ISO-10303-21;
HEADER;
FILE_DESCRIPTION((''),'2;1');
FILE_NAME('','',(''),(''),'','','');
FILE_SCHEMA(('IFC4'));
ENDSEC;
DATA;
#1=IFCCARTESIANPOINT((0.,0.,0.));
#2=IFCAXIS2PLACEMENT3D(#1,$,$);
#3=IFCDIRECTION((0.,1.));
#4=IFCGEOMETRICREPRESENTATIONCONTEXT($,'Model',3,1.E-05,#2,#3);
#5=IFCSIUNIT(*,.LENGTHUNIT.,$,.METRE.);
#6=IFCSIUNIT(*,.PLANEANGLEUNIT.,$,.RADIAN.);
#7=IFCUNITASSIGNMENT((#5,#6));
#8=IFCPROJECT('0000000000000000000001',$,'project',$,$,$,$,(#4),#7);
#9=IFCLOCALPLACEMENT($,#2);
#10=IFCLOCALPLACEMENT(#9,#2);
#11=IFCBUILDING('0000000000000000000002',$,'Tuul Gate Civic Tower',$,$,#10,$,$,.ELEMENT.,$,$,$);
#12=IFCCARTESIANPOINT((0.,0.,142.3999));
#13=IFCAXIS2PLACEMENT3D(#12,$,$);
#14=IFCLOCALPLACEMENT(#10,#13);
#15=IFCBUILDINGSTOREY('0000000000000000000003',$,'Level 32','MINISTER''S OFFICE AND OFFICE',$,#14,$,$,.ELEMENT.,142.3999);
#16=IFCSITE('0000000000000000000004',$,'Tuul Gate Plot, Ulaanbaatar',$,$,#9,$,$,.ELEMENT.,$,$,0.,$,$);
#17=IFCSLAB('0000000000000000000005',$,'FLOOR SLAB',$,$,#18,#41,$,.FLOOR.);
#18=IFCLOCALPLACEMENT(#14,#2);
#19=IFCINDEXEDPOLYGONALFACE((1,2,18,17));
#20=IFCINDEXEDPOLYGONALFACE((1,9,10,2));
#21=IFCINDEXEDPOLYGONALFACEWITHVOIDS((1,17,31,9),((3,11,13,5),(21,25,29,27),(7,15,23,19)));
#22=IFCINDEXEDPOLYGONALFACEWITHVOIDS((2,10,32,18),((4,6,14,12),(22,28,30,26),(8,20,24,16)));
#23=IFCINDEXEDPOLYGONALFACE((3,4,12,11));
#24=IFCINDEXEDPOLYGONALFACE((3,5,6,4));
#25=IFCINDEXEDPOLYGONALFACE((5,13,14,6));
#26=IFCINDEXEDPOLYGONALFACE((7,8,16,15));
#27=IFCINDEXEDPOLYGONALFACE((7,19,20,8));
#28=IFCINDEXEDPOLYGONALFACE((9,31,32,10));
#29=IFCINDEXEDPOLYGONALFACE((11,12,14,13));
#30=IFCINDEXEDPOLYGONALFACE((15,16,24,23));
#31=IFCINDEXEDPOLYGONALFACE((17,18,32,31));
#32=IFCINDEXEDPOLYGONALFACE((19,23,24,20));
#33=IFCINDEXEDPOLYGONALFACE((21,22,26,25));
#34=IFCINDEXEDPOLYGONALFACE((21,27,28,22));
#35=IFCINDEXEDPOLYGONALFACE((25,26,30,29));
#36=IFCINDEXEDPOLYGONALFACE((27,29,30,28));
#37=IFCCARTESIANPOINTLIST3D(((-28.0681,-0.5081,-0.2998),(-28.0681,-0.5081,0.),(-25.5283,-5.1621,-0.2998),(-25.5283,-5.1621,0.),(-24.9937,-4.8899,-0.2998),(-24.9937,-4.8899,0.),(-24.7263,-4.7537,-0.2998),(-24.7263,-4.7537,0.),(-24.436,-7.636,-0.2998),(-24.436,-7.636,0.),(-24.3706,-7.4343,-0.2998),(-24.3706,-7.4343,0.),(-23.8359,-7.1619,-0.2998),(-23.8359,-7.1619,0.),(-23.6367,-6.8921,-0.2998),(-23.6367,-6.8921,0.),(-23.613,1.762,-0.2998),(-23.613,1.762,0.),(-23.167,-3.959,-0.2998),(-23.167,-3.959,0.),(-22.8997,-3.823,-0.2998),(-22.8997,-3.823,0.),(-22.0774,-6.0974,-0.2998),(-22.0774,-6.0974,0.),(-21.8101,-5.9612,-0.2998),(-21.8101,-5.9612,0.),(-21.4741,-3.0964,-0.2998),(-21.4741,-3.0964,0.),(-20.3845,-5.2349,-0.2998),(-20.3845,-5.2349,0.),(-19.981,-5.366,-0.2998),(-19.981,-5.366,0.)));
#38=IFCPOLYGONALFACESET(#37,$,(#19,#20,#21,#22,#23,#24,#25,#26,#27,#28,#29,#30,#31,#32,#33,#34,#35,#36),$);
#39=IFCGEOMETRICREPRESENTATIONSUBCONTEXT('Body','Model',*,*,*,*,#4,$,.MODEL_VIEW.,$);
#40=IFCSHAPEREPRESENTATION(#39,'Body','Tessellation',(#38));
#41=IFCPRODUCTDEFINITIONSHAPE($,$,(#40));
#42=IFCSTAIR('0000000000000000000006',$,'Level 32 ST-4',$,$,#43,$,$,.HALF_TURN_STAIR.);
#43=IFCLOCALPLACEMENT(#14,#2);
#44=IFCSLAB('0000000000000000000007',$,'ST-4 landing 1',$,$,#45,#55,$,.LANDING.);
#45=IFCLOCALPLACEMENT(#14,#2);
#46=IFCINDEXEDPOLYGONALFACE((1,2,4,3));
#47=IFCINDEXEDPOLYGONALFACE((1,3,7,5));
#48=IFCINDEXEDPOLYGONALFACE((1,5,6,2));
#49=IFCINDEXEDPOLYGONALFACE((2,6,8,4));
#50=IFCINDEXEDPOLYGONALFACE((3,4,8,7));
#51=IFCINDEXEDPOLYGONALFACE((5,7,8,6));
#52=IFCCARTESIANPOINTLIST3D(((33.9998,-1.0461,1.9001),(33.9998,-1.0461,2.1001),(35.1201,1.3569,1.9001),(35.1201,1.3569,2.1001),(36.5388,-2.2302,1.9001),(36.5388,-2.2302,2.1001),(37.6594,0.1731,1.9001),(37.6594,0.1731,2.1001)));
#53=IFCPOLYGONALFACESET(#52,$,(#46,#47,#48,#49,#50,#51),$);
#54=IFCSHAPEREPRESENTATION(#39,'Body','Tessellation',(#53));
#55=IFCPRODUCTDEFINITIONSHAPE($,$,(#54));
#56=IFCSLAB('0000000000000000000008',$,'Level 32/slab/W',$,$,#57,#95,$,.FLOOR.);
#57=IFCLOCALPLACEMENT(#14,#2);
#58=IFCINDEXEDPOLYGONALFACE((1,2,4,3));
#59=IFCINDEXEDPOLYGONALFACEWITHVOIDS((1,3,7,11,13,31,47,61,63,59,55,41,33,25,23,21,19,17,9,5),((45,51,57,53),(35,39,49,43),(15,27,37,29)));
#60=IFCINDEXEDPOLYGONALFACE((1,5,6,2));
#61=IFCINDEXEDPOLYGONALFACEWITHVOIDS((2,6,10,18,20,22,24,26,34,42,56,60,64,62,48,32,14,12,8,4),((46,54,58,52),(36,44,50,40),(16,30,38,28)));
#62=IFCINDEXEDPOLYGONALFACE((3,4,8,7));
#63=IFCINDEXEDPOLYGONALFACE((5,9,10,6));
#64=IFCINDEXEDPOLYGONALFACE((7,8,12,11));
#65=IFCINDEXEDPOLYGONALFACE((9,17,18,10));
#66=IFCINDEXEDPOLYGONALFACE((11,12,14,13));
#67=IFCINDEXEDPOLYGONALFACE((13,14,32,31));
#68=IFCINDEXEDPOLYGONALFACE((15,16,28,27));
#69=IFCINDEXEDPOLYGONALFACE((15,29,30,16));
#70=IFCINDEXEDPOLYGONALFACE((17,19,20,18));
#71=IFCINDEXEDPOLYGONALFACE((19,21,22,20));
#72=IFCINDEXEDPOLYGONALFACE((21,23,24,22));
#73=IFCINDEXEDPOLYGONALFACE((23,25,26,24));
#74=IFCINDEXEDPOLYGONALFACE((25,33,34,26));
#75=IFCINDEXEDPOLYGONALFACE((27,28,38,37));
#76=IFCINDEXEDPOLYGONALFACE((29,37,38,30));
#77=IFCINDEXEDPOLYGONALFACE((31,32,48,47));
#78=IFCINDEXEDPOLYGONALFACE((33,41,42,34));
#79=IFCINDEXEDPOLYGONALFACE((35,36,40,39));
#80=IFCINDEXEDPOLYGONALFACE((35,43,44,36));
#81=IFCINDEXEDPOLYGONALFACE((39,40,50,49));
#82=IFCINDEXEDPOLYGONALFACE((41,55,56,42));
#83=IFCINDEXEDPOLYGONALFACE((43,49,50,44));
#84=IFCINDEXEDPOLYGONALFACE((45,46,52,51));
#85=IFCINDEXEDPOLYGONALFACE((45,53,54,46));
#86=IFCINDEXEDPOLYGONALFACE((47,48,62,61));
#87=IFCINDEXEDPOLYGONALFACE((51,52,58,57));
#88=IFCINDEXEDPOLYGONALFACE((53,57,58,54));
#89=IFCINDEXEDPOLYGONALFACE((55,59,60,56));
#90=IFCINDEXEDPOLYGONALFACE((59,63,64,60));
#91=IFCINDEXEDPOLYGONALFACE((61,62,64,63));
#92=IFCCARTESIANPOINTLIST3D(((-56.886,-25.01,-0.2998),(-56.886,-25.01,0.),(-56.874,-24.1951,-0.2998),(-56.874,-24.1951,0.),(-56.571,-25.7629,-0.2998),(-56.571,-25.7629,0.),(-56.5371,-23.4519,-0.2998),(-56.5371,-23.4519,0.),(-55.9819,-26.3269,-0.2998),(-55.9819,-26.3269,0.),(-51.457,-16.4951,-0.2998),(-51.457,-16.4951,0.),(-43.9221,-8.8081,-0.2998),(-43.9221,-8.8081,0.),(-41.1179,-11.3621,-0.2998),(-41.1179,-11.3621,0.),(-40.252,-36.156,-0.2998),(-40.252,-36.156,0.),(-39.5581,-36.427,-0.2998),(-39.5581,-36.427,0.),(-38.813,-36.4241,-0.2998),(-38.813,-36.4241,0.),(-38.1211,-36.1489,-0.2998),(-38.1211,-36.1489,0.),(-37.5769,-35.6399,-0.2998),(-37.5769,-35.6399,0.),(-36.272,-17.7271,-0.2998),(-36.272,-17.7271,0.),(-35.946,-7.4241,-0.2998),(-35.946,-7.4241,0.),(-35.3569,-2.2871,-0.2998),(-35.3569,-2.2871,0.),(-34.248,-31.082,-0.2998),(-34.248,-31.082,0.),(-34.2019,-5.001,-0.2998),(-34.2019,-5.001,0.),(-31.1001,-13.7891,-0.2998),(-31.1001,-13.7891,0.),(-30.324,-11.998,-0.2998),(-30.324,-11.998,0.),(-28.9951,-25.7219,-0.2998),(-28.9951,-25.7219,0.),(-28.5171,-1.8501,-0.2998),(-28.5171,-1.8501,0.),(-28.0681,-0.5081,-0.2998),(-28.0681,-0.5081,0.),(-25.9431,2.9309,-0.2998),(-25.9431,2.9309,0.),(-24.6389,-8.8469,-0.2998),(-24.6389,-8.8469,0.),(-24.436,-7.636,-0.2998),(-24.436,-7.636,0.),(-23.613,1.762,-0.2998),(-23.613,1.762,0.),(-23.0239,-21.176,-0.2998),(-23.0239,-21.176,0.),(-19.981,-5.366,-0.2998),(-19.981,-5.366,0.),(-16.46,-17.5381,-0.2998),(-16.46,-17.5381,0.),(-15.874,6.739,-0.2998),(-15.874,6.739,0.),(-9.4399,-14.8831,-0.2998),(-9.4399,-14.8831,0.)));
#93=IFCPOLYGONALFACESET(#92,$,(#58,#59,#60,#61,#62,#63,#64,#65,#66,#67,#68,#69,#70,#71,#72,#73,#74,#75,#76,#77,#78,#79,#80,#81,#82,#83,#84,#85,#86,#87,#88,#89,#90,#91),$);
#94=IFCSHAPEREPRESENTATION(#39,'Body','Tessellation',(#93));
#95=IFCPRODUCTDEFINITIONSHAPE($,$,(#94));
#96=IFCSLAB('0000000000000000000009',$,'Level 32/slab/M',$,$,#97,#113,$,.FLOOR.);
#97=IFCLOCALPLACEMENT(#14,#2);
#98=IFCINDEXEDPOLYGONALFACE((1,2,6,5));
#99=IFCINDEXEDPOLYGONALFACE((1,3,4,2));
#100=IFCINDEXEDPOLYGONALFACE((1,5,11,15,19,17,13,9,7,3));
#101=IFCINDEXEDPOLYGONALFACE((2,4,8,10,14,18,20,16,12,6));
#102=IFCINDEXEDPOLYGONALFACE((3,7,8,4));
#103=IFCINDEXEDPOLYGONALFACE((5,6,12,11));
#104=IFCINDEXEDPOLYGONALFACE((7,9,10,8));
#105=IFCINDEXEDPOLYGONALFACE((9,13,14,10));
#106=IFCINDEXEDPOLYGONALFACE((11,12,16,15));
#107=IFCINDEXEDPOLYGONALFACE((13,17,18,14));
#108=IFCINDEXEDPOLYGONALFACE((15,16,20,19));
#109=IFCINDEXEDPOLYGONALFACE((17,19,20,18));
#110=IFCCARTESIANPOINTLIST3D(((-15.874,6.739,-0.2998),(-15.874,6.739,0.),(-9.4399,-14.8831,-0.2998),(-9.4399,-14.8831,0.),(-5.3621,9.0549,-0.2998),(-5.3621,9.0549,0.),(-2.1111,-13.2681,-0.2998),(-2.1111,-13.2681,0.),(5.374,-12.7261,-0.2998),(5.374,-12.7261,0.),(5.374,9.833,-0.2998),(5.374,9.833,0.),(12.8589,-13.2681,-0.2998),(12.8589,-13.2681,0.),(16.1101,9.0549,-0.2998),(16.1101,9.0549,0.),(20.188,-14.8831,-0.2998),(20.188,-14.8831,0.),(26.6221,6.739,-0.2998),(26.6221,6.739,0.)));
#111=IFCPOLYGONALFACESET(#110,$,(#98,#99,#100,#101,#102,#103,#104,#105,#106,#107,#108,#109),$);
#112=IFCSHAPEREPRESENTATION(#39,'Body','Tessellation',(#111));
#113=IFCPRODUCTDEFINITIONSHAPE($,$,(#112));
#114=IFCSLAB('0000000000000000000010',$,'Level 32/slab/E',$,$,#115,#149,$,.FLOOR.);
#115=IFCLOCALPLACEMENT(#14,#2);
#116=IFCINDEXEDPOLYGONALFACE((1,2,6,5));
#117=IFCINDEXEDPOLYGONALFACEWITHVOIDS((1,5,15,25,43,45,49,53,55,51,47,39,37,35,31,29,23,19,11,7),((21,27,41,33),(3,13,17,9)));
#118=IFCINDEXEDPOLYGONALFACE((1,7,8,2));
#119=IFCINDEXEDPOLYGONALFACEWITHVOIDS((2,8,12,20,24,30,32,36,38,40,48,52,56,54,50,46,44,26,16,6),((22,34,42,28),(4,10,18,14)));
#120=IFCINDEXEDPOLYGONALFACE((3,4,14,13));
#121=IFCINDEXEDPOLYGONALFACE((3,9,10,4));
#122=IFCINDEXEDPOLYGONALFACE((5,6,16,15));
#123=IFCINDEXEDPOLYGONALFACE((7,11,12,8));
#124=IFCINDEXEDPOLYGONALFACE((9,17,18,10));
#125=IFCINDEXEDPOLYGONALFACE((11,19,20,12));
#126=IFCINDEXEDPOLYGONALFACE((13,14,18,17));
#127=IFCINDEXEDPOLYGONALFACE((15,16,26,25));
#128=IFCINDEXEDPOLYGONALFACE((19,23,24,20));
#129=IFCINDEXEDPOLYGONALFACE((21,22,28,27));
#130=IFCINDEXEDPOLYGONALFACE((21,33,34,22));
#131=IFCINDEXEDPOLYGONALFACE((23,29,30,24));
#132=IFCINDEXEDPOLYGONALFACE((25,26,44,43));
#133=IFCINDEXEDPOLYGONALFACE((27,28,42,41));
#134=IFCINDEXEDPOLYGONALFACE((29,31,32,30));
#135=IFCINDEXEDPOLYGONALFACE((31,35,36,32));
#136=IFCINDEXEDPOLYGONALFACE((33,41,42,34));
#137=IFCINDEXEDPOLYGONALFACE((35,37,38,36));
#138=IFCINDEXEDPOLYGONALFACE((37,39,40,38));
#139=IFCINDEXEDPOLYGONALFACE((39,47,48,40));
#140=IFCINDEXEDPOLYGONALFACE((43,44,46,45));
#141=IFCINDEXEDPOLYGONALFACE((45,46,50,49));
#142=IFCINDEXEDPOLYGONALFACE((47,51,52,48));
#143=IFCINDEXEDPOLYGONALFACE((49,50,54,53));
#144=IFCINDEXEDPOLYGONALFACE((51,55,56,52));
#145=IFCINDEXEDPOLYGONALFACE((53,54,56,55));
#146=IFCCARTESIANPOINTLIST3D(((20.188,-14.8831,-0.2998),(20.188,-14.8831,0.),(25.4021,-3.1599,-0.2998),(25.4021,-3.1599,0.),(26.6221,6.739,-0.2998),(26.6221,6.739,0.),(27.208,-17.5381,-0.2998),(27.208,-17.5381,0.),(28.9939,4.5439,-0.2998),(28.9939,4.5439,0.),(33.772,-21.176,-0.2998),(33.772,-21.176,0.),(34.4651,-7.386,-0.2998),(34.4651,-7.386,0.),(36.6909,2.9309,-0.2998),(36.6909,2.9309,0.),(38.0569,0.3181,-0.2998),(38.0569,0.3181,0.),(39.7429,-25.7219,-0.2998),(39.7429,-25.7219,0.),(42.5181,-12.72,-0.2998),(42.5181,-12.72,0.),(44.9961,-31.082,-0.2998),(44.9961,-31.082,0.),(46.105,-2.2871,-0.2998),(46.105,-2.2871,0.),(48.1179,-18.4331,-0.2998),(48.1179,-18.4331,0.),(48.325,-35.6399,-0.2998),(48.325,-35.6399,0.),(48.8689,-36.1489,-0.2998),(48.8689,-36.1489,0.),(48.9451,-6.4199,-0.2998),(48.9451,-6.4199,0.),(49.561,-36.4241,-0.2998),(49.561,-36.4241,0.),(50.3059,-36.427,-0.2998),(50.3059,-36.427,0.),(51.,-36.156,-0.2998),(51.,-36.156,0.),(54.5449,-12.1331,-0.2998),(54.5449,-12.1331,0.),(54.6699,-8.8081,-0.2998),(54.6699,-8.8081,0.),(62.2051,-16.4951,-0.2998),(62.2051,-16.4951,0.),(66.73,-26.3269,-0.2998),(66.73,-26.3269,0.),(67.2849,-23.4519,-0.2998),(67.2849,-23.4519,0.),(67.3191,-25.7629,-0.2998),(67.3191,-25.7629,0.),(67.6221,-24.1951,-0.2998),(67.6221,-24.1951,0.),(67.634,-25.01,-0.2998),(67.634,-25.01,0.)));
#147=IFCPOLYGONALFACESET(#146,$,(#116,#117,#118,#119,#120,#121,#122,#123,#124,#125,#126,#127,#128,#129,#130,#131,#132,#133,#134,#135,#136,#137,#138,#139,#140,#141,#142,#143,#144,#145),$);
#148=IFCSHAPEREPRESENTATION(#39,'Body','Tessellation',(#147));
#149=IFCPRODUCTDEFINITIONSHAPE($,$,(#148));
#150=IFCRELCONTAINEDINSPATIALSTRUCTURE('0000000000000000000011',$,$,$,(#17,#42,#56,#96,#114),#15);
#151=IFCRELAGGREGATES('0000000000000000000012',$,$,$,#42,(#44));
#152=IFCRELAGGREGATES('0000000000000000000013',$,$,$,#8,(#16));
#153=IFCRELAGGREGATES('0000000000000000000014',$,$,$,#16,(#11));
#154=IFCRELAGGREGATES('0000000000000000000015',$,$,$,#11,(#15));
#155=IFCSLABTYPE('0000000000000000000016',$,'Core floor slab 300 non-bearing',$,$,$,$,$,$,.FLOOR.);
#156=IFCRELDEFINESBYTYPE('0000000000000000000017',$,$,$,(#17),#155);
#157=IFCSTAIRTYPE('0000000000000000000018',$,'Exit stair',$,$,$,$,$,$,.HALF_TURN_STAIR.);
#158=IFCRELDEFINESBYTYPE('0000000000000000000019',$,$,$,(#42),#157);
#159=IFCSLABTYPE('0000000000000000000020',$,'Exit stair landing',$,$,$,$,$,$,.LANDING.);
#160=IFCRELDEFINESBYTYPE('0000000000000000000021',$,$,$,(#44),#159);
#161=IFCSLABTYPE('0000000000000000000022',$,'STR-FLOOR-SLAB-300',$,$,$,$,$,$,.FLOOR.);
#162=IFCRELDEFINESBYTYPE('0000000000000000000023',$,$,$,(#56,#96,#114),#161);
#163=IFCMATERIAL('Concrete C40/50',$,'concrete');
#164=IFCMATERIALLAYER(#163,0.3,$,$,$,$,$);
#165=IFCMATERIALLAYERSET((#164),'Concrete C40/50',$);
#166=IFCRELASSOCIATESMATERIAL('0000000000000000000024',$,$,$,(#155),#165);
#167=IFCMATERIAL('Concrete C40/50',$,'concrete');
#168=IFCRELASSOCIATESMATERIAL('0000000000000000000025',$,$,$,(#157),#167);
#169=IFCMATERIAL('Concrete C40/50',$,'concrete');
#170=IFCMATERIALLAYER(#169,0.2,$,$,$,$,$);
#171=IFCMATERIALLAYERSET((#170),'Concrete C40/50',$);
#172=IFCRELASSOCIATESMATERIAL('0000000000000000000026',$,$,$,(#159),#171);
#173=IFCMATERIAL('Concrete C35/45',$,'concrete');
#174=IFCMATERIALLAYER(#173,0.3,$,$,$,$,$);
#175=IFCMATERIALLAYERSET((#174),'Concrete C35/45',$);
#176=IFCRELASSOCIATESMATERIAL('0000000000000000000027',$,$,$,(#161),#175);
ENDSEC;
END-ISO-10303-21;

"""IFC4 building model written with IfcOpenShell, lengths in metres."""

from ifc_helpers import new_model, si_unit, direction, frame, origin, place, context, subcontext, project, spatial, polyline, outline, extrude, material, layer, layer_set, type_object, element, aggregate, save


model = new_model("IFC4")

# Units and contexts
model_context = context("Model", 3, precision=1e-05, world=origin(), true_north=direction((0.0, 1.0)))
body_context = subcontext(model_context, "Body", "Model", "MODEL_VIEW")
ifc_project = project(units=[si_unit("LENGTHUNIT", "METRE"), si_unit("PLANEANGLEUNIT", "RADIAN")], contexts=[model_context])

# Site, building, storey
site_placement = place(None, origin())
site = spatial("IfcSite", under=ifc_project, at=site_placement, Name="Tuul Gate Plot, Ulaanbaatar", CompositionType="ELEMENT", RefElevation=0.0)
building_placement = place(site_placement, origin())
building = spatial("IfcBuilding", under=site, at=building_placement, Name="Tuul Gate Civic Tower", CompositionType="ELEMENT")
storey_placement = place(building_placement, frame((0.0, 0.0, 142.3999)))
storey = spatial("IfcBuildingStorey", under=building, at=storey_placement, Name="Level 32", Description="MINISTER'S OFFICE AND OFFICE", CompositionType="ELEMENT", Elevation=142.3999)

# Slab
ifc_material_1 = material(Name="Concrete C40/50", Category="concrete")
ifc_layer_1 = layer(ifc_material_1, 0.3)
ifc_layer_set_1 = layer_set([ifc_layer_1], Name="Concrete C40/50")
slab_type_1 = type_object("IfcSlabType", Name="Core floor slab 300 non-bearing", PredefinedType="FLOOR", material=ifc_layer_set_1)
slab_1_placement = place(storey_placement, frame((0.0, 0.0, -0.2998)))
element("IfcSlab", 1, at=slab_1_placement, inside=storey, type_object=slab_type_1, Name="FLOOR SLAB", PredefinedType="FLOOR", context=body_context, shape_type="SweptSolid", body=[
    extrude(outline(polyline([(-19.981, -5.366), (-23.613, 1.762), (-28.0681, -0.5081), (-24.436, -7.636), (-19.981, -5.366)]), holes=[polyline([(-20.3845, -5.2349), (-21.4741, -3.0964), (-22.8997, -3.823), (-21.8101, -5.9612), (-20.3845, -5.2349)]), polyline([(-22.0774, -6.0974), (-23.167, -3.959), (-24.7263, -4.7537), (-23.6367, -6.8921), (-22.0774, -6.0974)]), polyline([(-23.8359, -7.1619), (-24.9937, -4.8899), (-25.5283, -5.1621), (-24.3706, -7.4343), (-23.8359, -7.1619)])]), origin(), (0.0, 0.0, 1.0), 0.2998),
])

# Stair, slab
ifc_material_2 = material(Name="Concrete C40/50", Category="concrete")
stair_type = type_object("IfcStairType", Name="Exit stair", PredefinedType="HALF_TURN_STAIR", material=ifc_material_2)
stair_placement = place(storey_placement, origin())
stair = element("IfcStair", 2, at=stair_placement, inside=storey, type_object=stair_type, Name="Level 32 ST-4", PredefinedType="HALF_TURN_STAIR")
ifc_material_3 = material(Name="Concrete C40/50", Category="concrete")
ifc_layer_2 = layer(ifc_material_3, 0.2)
ifc_layer_set_2 = layer_set([ifc_layer_2], Name="Concrete C40/50")
slab_type_2 = type_object("IfcSlabType", Name="Exit stair landing", PredefinedType="LANDING", material=ifc_layer_set_2)
slab_2_placement = place(storey_placement, frame((0.0, 0.0, 1.9001)))
slab_2 = element("IfcSlab", 3, at=slab_2_placement, type_object=slab_type_2, Name="ST-4 landing 1", PredefinedType="LANDING", context=body_context, shape_type="SweptSolid", body=[
    extrude(outline(polyline([(36.5388, -2.2302), (33.9998, -1.0461), (35.1201, 1.3569), (37.6594, 0.1731), (36.5388, -2.2302)])), origin(), (0.0, 0.0, 1.0), 0.2),
])
aggregate(stair, [slab_2])

# Slabs
ifc_material_4 = material(Name="Concrete C35/45", Category="concrete")
ifc_layer_3 = layer(ifc_material_4, 0.3)
ifc_layer_set_3 = layer_set([ifc_layer_3], Name="Concrete C35/45")
slab_type_3 = type_object("IfcSlabType", Name="STR-FLOOR-SLAB-300", PredefinedType="FLOOR", material=ifc_layer_set_3)
slab_3_placement = place(storey_placement, frame((0.0, 0.0, -0.2998)))
element("IfcSlab", 4, at=slab_3_placement, inside=storey, type_object=slab_type_3, Name="Level 32/slab/W", PredefinedType="FLOOR", context=body_context, shape_type="SweptSolid", body=[
    extrude(outline(polyline([(-16.46, -17.5381), (-9.4399, -14.8831), (-15.874, 6.739), (-25.9431, 2.9309), (-35.3569, -2.2871), (-43.9221, -8.8081), (-51.457, -16.4951), (-56.5371, -23.4519), (-56.874, -24.1951), (-56.886, -25.01), (-56.571, -25.7629), (-55.9819, -26.3269), (-40.252, -36.156), (-39.5581, -36.427), (-38.813, -36.4241), (-38.1211, -36.1489), (-37.5769, -35.6399), (-34.248, -31.082), (-28.9951, -25.7219), (-23.0239, -21.176), (-16.46, -17.5381)]), holes=[polyline([(-31.1001, -13.7891), (-36.272, -17.7271), (-41.1179, -11.3621), (-35.946, -7.4241), (-31.1001, -13.7891)]), polyline([(-24.6389, -8.8469), (-30.324, -11.998), (-34.2019, -5.001), (-28.5171, -1.8501), (-24.6389, -8.8469)]), polyline([(-24.436, -7.636), (-28.0681, -0.5081), (-23.613, 1.762), (-19.981, -5.366), (-24.436, -7.636)])]), origin(), (0.0, 0.0, 1.0), 0.2998),
])
slab_4_placement = place(storey_placement, frame((0.0, 0.0, -0.2998)))
element("IfcSlab", 5, at=slab_4_placement, inside=storey, type_object=slab_type_3, Name="Level 32/slab/M", PredefinedType="FLOOR", context=body_context, shape_type="SweptSolid", body=[
    extrude(outline(polyline([(20.188, -14.8831), (26.6221, 6.739), (16.1101, 9.0549), (5.374, 9.833), (-5.3621, 9.0549), (-15.874, 6.739), (-9.4399, -14.8831), (-2.1111, -13.2681), (5.374, -12.7261), (12.8589, -13.2681), (20.188, -14.8831)])), origin(), (0.0, 0.0, 1.0), 0.2998),
])
slab_5_placement = place(storey_placement, frame((0.0, 0.0, -0.2998)))
element("IfcSlab", 6, at=slab_5_placement, inside=storey, type_object=slab_type_3, Name="Level 32/slab/E", PredefinedType="FLOOR", context=body_context, shape_type="SweptSolid", body=[
    extrude(outline(polyline([(50.3059, -36.427), (51.0, -36.156), (66.73, -26.3269), (67.3191, -25.7629), (67.634, -25.01), (67.6221, -24.1951), (67.2849, -23.4519), (62.2051, -16.4951), (54.6699, -8.8081), (46.105, -2.2871), (36.6909, 2.9309), (26.6221, 6.739), (20.188, -14.8831), (27.208, -17.5381), (33.772, -21.176), (39.7429, -25.7219), (44.9961, -31.082), (48.325, -35.6399), (48.8689, -36.1489), (49.561, -36.4241), (50.3059, -36.427)]), holes=[polyline([(48.1179, -18.4331), (42.5181, -12.72), (48.9451, -6.4199), (54.5449, -12.1331), (48.1179, -18.4331)]), polyline([(25.4021, -3.1599), (28.9939, 4.5439), (38.0569, 0.3181), (34.4651, -7.386), (25.4021, -3.1599)])]), origin(), (0.0, 0.0, 1.0), 0.2998),
])

save(model, "model.ifc")
